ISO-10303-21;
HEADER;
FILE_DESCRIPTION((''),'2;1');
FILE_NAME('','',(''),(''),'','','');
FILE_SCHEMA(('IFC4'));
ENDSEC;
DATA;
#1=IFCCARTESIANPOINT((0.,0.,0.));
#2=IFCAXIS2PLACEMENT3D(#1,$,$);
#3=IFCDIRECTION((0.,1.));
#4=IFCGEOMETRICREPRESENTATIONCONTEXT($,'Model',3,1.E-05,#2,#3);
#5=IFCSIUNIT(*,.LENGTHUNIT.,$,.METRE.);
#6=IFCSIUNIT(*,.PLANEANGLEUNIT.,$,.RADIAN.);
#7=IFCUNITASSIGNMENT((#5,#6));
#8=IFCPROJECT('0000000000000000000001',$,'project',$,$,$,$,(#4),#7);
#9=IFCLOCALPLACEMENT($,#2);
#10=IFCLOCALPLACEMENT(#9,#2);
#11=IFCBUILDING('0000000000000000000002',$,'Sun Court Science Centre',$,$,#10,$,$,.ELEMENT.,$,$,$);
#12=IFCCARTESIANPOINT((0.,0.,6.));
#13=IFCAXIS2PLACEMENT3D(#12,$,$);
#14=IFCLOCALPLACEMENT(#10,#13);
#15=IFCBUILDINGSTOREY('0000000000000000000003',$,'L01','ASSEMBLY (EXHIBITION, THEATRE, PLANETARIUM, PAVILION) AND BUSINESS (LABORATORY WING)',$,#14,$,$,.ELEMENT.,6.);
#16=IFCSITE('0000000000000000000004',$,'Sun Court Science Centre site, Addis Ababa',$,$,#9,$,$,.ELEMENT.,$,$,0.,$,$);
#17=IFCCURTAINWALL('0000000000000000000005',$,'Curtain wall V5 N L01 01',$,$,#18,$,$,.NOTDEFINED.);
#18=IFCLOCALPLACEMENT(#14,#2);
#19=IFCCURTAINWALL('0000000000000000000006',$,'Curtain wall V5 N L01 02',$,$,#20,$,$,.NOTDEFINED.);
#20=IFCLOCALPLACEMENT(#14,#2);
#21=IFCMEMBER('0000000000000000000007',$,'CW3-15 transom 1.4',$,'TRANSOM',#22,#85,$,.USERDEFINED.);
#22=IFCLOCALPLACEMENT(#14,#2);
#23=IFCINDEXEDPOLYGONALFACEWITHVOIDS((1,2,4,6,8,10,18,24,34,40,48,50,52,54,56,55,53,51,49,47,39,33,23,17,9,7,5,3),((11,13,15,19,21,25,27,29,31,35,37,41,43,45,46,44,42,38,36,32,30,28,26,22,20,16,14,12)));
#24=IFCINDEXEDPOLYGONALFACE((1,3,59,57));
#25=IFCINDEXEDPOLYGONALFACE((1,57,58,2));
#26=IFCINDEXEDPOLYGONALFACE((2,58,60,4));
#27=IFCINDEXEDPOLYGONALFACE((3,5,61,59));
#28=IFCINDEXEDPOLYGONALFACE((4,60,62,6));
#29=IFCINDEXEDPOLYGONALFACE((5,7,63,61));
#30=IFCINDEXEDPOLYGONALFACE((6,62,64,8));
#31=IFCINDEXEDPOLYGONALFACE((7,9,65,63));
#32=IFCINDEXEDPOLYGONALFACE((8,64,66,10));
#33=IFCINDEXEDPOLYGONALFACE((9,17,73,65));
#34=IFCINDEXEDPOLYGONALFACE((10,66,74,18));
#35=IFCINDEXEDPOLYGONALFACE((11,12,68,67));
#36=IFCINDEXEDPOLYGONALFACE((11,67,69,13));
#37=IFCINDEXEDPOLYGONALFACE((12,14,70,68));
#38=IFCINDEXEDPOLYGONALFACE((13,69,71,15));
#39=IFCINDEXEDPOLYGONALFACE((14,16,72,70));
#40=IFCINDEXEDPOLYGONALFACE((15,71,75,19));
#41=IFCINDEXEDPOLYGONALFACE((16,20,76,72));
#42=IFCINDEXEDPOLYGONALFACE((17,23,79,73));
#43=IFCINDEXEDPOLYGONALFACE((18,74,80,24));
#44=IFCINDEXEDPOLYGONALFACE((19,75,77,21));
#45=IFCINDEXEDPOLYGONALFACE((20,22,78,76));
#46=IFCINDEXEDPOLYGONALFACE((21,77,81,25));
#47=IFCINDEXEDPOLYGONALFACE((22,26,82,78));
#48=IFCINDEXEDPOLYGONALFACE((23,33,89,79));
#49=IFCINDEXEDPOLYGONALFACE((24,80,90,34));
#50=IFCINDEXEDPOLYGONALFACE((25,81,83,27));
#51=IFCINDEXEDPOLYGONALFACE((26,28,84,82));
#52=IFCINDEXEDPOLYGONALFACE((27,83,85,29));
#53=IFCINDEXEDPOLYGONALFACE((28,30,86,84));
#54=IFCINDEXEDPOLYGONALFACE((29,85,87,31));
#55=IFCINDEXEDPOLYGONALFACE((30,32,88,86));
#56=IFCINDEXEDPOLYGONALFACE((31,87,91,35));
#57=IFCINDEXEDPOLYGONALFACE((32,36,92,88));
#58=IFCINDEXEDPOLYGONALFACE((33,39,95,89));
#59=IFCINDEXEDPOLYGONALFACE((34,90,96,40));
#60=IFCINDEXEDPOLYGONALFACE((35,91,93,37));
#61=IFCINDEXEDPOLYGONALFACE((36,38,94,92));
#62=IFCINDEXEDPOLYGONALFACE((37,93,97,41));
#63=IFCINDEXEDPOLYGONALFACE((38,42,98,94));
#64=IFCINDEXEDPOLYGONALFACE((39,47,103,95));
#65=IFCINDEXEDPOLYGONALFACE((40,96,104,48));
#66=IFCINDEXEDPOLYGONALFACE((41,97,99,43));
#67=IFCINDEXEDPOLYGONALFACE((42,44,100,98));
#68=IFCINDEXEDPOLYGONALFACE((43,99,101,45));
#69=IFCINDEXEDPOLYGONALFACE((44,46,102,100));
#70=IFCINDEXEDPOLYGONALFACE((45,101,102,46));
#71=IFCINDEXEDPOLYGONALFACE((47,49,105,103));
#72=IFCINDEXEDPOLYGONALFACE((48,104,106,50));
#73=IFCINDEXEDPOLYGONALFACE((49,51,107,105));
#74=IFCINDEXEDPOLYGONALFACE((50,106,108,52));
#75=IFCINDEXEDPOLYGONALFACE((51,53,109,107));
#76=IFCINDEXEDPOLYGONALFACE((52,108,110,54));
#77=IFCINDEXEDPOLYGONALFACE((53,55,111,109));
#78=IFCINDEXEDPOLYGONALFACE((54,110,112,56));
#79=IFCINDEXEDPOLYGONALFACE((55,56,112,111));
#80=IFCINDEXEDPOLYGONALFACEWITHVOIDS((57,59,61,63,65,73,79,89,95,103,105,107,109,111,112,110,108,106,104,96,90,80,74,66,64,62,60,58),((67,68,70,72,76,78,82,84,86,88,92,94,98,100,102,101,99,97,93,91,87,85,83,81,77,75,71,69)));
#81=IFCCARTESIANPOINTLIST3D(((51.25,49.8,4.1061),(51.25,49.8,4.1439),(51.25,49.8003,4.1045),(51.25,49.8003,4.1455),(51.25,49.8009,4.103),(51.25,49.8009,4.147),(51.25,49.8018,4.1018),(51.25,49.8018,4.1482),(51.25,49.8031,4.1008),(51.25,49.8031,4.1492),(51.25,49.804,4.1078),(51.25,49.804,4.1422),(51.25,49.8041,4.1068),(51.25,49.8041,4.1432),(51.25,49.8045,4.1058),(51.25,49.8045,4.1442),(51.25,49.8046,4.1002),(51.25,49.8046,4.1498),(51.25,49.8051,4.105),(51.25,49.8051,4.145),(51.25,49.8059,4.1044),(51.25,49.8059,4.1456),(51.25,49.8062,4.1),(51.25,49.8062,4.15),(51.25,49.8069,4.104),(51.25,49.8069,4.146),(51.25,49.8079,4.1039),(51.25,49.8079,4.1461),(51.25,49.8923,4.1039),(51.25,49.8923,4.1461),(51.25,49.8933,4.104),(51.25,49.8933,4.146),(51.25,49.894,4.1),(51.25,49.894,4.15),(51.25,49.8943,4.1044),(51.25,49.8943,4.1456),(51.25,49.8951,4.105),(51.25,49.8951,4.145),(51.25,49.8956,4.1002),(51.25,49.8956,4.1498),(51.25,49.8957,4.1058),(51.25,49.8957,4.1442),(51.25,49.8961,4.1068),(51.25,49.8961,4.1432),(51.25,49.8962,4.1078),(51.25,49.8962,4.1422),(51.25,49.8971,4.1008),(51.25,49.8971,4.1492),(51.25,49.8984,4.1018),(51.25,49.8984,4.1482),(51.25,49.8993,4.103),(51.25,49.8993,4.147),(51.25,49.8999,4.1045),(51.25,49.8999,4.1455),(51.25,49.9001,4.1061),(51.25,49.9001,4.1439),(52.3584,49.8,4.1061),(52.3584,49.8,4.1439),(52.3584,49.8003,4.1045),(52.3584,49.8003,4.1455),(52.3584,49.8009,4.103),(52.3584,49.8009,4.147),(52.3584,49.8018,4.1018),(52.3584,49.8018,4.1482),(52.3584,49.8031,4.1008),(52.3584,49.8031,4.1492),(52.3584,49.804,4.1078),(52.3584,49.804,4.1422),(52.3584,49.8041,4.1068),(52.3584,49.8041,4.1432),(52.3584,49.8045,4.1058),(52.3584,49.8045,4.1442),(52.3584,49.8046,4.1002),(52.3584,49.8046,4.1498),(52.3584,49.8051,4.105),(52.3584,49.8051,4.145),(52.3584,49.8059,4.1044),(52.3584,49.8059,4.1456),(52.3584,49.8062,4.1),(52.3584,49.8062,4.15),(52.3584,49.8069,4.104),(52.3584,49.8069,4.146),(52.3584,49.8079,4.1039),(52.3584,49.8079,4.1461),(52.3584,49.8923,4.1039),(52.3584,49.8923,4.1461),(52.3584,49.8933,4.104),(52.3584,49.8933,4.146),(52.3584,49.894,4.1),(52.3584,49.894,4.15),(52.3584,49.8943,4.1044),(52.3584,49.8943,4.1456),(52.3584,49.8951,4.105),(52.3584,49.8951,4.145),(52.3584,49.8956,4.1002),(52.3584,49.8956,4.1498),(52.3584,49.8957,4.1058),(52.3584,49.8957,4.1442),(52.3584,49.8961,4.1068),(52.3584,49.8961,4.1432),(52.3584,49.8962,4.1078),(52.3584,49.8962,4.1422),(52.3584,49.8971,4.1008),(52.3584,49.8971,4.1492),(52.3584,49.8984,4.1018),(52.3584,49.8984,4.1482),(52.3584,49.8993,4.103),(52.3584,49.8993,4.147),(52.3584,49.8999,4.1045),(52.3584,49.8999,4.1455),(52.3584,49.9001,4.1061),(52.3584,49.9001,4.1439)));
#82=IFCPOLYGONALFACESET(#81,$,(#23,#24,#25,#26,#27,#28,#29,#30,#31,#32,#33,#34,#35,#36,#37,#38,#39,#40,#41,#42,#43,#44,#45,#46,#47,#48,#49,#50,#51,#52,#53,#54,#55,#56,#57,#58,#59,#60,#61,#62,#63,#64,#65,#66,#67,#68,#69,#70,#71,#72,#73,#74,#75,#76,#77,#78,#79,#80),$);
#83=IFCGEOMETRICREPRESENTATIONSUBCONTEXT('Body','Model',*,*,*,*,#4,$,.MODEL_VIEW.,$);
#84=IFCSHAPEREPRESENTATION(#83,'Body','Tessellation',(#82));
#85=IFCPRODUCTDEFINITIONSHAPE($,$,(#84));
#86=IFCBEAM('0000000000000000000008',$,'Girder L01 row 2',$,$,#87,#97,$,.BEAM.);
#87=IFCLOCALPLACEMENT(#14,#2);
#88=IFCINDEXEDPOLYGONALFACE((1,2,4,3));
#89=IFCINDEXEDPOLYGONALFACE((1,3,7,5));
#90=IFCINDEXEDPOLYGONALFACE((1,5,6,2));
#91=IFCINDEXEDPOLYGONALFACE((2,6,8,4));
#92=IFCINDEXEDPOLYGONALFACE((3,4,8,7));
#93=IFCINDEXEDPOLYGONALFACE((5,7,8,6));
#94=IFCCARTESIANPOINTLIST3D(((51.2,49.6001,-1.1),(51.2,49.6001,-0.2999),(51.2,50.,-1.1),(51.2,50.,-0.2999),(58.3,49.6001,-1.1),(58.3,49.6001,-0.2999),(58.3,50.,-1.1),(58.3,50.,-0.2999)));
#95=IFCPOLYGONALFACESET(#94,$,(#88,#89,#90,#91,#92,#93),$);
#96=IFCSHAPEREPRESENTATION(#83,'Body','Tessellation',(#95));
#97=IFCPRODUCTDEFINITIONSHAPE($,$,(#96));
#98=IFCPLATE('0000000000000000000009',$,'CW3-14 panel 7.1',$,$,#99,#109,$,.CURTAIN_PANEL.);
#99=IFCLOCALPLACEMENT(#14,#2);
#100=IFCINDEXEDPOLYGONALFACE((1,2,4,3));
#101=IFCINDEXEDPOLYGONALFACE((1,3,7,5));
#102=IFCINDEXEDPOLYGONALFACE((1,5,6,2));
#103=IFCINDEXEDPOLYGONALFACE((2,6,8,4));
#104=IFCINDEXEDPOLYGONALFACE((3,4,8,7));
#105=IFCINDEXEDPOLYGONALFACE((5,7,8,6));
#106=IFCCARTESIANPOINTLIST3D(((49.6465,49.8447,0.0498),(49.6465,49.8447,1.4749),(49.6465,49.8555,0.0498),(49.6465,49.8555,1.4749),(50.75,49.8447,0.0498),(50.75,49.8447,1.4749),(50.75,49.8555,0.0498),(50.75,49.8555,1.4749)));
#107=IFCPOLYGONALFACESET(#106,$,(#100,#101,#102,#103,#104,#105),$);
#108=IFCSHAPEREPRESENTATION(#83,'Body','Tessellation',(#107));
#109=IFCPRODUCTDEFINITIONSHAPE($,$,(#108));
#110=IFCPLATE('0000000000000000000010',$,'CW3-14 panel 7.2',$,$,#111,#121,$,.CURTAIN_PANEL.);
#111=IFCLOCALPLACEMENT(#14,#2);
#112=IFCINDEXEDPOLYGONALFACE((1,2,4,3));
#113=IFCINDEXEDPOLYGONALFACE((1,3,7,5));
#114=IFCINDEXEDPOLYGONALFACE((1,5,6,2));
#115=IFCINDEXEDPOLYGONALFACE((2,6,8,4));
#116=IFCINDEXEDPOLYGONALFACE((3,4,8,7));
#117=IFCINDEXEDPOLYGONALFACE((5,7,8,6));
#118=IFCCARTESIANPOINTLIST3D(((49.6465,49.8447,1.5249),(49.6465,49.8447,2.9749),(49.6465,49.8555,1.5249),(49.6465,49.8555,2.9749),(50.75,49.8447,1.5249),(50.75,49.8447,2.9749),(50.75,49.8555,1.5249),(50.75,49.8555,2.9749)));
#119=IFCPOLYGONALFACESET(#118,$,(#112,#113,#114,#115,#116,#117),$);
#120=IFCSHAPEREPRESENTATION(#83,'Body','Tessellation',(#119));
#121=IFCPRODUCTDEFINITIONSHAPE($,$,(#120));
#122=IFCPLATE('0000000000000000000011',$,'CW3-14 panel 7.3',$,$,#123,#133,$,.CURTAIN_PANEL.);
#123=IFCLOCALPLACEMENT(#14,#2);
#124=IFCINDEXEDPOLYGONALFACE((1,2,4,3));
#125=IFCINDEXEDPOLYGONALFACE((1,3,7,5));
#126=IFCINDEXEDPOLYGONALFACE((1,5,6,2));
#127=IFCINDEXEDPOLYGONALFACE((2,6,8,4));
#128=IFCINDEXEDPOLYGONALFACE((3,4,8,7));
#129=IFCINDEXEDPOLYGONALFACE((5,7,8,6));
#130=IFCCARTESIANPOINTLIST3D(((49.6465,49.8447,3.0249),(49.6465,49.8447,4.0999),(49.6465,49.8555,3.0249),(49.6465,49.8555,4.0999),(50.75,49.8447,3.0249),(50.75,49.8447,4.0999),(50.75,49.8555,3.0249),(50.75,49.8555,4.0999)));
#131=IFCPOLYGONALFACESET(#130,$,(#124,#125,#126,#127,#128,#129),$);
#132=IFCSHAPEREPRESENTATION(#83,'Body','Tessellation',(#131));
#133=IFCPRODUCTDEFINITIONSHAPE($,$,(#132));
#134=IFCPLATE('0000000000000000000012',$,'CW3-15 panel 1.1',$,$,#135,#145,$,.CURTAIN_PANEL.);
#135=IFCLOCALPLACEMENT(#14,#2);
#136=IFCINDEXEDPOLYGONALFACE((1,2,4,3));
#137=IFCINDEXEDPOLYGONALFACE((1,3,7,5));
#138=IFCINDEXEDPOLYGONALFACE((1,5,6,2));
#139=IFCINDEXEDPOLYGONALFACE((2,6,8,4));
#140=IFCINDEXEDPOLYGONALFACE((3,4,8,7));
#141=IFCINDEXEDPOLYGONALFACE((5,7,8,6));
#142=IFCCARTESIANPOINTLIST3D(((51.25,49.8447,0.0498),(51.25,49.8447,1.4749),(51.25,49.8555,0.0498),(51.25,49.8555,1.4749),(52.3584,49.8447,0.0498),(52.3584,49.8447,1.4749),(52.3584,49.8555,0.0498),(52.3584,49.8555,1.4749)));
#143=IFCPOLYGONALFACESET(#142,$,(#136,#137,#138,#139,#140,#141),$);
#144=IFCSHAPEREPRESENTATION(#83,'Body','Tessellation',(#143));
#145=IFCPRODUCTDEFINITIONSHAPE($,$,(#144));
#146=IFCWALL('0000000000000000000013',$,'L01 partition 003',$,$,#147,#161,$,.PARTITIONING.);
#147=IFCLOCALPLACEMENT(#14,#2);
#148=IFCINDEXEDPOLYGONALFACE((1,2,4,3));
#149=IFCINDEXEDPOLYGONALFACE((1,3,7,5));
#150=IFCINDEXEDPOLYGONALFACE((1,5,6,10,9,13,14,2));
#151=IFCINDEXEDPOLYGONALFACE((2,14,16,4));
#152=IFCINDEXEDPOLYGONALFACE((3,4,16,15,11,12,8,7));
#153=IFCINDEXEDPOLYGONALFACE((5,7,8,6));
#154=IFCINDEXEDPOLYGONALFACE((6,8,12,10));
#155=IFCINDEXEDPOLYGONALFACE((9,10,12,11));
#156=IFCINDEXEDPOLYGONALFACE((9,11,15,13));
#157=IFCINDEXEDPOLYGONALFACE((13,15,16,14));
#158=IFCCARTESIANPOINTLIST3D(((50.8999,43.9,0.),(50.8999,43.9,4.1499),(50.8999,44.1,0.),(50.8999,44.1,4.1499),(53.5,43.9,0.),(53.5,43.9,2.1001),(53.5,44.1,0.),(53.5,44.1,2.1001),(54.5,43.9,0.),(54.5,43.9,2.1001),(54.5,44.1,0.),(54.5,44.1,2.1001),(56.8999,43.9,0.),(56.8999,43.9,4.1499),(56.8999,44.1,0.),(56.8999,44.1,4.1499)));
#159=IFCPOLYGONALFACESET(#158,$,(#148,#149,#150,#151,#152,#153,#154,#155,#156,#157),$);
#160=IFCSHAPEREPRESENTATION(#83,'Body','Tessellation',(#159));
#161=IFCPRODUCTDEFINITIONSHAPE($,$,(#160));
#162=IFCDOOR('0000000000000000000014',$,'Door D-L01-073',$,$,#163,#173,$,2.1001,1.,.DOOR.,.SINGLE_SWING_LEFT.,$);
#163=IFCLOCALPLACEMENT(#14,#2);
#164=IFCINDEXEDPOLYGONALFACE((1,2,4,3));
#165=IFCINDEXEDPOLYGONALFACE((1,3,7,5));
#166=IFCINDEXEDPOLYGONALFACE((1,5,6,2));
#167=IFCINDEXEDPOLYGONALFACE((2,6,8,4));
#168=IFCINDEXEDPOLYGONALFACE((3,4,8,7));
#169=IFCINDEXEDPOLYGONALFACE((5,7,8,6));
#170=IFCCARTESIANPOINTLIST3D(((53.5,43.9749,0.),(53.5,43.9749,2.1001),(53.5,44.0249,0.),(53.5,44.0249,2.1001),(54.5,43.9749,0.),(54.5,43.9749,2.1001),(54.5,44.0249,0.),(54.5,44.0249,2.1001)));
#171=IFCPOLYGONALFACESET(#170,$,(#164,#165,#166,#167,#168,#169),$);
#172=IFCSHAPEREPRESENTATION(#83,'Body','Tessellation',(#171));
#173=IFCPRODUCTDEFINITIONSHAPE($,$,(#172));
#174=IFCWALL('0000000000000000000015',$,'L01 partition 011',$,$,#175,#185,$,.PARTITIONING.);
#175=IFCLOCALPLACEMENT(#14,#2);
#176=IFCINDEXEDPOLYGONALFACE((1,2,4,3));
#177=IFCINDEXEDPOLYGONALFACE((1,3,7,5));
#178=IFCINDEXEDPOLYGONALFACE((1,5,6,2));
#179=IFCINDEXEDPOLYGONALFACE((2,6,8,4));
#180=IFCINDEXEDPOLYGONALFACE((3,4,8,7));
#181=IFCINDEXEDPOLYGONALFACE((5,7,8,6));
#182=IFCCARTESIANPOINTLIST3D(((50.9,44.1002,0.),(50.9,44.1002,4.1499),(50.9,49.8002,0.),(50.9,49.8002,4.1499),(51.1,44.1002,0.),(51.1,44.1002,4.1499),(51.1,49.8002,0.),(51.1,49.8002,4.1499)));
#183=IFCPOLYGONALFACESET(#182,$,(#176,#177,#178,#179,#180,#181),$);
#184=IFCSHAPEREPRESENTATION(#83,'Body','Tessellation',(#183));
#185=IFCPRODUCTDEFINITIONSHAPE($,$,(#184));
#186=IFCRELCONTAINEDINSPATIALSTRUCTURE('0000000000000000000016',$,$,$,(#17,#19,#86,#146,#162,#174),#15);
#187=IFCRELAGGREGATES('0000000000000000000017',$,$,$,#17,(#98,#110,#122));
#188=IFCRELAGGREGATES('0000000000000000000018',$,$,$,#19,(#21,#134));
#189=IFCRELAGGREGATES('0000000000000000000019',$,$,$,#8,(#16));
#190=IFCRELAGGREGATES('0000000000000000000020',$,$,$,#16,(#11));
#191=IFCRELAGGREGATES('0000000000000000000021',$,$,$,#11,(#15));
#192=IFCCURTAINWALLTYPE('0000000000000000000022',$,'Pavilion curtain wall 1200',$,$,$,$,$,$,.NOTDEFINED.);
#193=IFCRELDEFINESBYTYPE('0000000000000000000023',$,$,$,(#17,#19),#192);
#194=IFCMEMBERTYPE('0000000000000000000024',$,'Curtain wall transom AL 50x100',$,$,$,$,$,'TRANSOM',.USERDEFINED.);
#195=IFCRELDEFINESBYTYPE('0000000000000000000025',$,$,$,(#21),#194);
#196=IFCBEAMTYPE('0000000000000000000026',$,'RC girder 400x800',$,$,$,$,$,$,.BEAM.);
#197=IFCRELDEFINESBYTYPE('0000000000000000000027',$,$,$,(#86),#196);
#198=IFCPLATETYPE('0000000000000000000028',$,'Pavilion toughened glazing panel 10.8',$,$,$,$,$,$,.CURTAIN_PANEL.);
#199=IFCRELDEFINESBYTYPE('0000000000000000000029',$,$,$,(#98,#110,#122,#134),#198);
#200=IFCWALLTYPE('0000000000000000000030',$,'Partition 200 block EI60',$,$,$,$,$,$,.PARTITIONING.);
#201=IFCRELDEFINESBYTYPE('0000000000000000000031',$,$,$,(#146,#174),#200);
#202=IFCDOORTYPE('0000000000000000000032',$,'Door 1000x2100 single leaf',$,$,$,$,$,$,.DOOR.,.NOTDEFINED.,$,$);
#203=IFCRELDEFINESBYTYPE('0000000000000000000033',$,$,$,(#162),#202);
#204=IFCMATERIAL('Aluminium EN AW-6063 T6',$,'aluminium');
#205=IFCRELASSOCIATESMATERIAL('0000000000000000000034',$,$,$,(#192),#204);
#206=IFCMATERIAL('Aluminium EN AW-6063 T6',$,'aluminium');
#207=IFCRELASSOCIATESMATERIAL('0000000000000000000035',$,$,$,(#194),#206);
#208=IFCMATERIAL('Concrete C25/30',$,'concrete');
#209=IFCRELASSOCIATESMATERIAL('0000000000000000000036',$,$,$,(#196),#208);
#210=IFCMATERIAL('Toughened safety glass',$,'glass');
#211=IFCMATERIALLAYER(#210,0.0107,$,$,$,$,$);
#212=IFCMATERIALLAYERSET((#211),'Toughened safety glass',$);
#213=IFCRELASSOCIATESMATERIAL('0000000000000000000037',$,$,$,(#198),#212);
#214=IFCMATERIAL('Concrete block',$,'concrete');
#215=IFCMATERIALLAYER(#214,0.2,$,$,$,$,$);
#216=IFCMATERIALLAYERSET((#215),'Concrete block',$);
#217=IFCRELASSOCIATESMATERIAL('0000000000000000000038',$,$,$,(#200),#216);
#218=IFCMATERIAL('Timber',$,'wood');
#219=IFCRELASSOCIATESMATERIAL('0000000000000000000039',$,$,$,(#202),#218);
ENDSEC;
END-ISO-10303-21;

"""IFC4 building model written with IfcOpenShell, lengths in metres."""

from ifc_helpers import new_model, si_unit, direction, frame, frame_2d, origin, origin_2d, place, context, subcontext, project, spatial, rectangle, hollow_rectangle, extrude, material, layer, layer_set, material_profile, profile_set, type_object, element, fill, aggregate, save


model = new_model("IFC4")

# Units and contexts
model_context = context("Model", 3, precision=1e-05, world=origin(), true_north=direction((0.0, 1.0)))
body_context = subcontext(model_context, "Body", "Model", "MODEL_VIEW")
ifc_project = project(units=[si_unit("LENGTHUNIT", "METRE"), si_unit("PLANEANGLEUNIT", "RADIAN")], contexts=[model_context])

# Site, building, storey
site_placement = place(None, origin())
site = spatial("IfcSite", under=ifc_project, at=site_placement, Name="Sun Court Science Centre site, Addis Ababa", CompositionType="ELEMENT", RefElevation=0.0)
building_placement = place(site_placement, origin())
building = spatial("IfcBuilding", under=site, at=building_placement, Name="Sun Court Science Centre", CompositionType="ELEMENT")
storey_placement = place(building_placement, frame((0.0, 0.0, 6.0)))
storey = spatial("IfcBuildingStorey", under=building, at=storey_placement, Name="L01", Description="ASSEMBLY (EXHIBITION, THEATRE, PLANETARIUM, PAVILION) AND BUSINESS (LABORATORY WING)", CompositionType="ELEMENT", Elevation=6.0)

# Curtain wall
ifc_material_1 = material(Name="Aluminium EN AW-6063 T6", Category="aluminium")
curtain_wall_type = type_object("IfcCurtainWallType", Name="Pavilion curtain wall 1200", PredefinedType="NOTDEFINED", material=ifc_material_1)
curtain_wall_1_placement = place(storey_placement, origin())
curtain_wall_1 = element("IfcCurtainWall", 1, at=curtain_wall_1_placement, inside=storey, type_object=curtain_wall_type, Name="Curtain wall V5 N L01 01", PredefinedType="NOTDEFINED")

# Curtain wall
curtain_wall_2_placement = place(storey_placement, origin())
curtain_wall_2 = element("IfcCurtainWall", 2, at=curtain_wall_2_placement, inside=storey, type_object=curtain_wall_type, Name="Curtain wall V5 N L01 02", PredefinedType="NOTDEFINED")

# Member
ifc_material_2 = material(Name="Aluminium EN AW-6063 T6", Category="aluminium")
ifc_material_profile_1 = material_profile(ifc_material_2, hollow_rectangle(XDim=0.05, YDim=0.1001, WallThickness=0.0039, InnerFilletRadius=0.0039, OuterFilletRadius=0.0061, at=origin_2d()), Name="AL 50x100x4")
ifc_profile_set_1 = profile_set([ifc_material_profile_1], Name="Aluminium EN AW-6063 T6")
member_type_1 = type_object("IfcMemberType", Name="Curtain wall transom AL 50x100", ElementType="TRANSOM", PredefinedType="USERDEFINED", material=ifc_profile_set_1)
member_1_placement = place(storey_placement, frame((51.25, 49.8501, 4.125), z_axis=(1.0, 0.0, 0.0), x_axis=(0.0, 0.0, 1.0)))
member_1 = element("IfcMember", 3, at=member_1_placement, type_object=member_type_1, Name="CW3-15 transom 1.4", ObjectType="TRANSOM", PredefinedType="USERDEFINED", context=body_context, shape_type="SweptSolid", body=[
    extrude(hollow_rectangle(XDim=0.05, YDim=0.1001, WallThickness=0.0039, InnerFilletRadius=0.0039, OuterFilletRadius=0.0061, at=origin_2d()), origin(), (0.0, 0.0, 1.0), 1.1084),
])

# Beam
ifc_material_3 = material(Name="Concrete C25/30", Category="concrete")
ifc_material_profile_2 = material_profile(ifc_material_3, rectangle(XDim=0.3999, YDim=0.8, at=origin_2d()), Name="RC 400x800")
ifc_profile_set_2 = profile_set([ifc_material_profile_2], Name="Concrete C25/30")
beam_type = type_object("IfcBeamType", Name="RC girder 400x800", PredefinedType="BEAM", material=ifc_profile_set_2)
beam_placement = place(storey_placement, frame((51.2, 49.8, -0.7), z_axis=(1.0, 0.0, 0.0), x_axis=(0.0, 1.0, 0.0)))
element("IfcBeam", 4, at=beam_placement, inside=storey, type_object=beam_type, Name="Girder L01 row 2", PredefinedType="BEAM", context=body_context, shape_type="SweptSolid", body=[
    extrude(rectangle(XDim=0.3999, YDim=0.8, at=origin_2d()), origin(), (0.0, 0.0, 1.0), 7.1001),
])

# Plates
ifc_material_4 = material(Name="Toughened safety glass", Category="glass")
ifc_layer_1 = layer(ifc_material_4, 0.0107)
ifc_layer_set_1 = layer_set([ifc_layer_1], Name="Toughened safety glass")
plate_type = type_object("IfcPlateType", Name="Pavilion toughened glazing panel 10.8", PredefinedType="CURTAIN_PANEL", material=ifc_layer_set_1)
plate_1_placement = place(storey_placement, frame((50.1982, 49.8501, 0.0498), z_axis=(0.0, 0.0, 1.0), x_axis=(1.0, 0.0, 0.0)))
plate_1 = element("IfcPlate", 5, at=plate_1_placement, type_object=plate_type, Name="CW3-14 panel 7.1", PredefinedType="CURTAIN_PANEL", context=body_context, shape_type="SweptSolid", body=[
    extrude(rectangle(XDim=1.1035, YDim=0.0107, at=origin_2d()), origin(), (0.0, 0.0, 1.0), 1.425),
])
plate_2_placement = place(storey_placement, frame((50.1982, 49.8501, 1.5249), z_axis=(0.0, 0.0, 1.0), x_axis=(1.0, 0.0, 0.0)))
plate_2 = element("IfcPlate", 6, at=plate_2_placement, type_object=plate_type, Name="CW3-14 panel 7.2", PredefinedType="CURTAIN_PANEL", context=body_context, shape_type="SweptSolid", body=[
    extrude(rectangle(XDim=1.1035, YDim=0.0107, at=origin_2d()), origin(), (0.0, 0.0, 1.0), 1.45),
])
plate_3_placement = place(storey_placement, frame((50.1982, 49.8501, 3.0249), z_axis=(0.0, 0.0, 1.0), x_axis=(1.0, 0.0, 0.0)))
plate_3 = element("IfcPlate", 7, at=plate_3_placement, type_object=plate_type, Name="CW3-14 panel 7.3", PredefinedType="CURTAIN_PANEL", context=body_context, shape_type="SweptSolid", body=[
    extrude(rectangle(XDim=1.1035, YDim=0.0107, at=origin_2d()), origin(), (0.0, 0.0, 1.0), 1.075),
])
aggregate(curtain_wall_1, [plate_1, plate_2, plate_3])
plate_4_placement = place(storey_placement, frame((51.8042, 49.8501, 0.0498), z_axis=(0.0, 0.0, 1.0), x_axis=(1.0, 0.0, 0.0)))
plate_4 = element("IfcPlate", 8, at=plate_4_placement, type_object=plate_type, Name="CW3-15 panel 1.1", PredefinedType="CURTAIN_PANEL", context=body_context, shape_type="SweptSolid", body=[
    extrude(rectangle(XDim=1.1084, YDim=0.0107, at=origin_2d()), origin(), (0.0, 0.0, 1.0), 1.425),
])
aggregate(curtain_wall_2, [member_1, plate_4])

# Wall, opening, door
ifc_material_5 = material(Name="Concrete block", Category="concrete")
ifc_layer_2 = layer(ifc_material_5, 0.2)
ifc_layer_set_2 = layer_set([ifc_layer_2], Name="Concrete block")
wall_type = type_object("IfcWallType", Name="Partition 200 block EI60", PredefinedType="PARTITIONING", material=ifc_layer_set_2)
wall_1_placement = place(storey_placement, frame((50.8999, 44.0, 0.0), z_axis=(0.0, 0.0, 1.0), x_axis=(1.0, 0.0, 0.0)))
wall_1 = element("IfcWall", 9, at=wall_1_placement, inside=storey, type_object=wall_type, Name="L01 partition 003", PredefinedType="PARTITIONING", context=body_context, shape_type="SweptSolid", body=[
    extrude(rectangle(XDim=6.0, YDim=0.2, at=frame_2d((3.0, 0.0))), origin(), (0.0, 0.0, 1.0), 4.1499),
])
opening_placement = place(wall_1_placement, frame((2.6001, 0.0, 0.0)))
opening = element("IfcOpeningElement", 10, at=opening_placement, cuts=wall_1, PredefinedType="OPENING", context=body_context, shape_type="SweptSolid", body=[
    extrude(rectangle(XDim=1.0, YDim=2.1001, at=frame_2d((0.5, 1.05))), frame((0.0, 0.1099, 0.0), z_axis=(0.0, -1.0, 0.0), x_axis=(1.0, 0.0, 0.0)), (0.0, 0.0, 1.0), 0.22),
])
ifc_material_6 = material(Name="Timber", Category="wood")
door_type = type_object("IfcDoorType", Name="Door 1000x2100 single leaf", OperationType="NOTDEFINED", PredefinedType="DOOR", material=ifc_material_6)
door_placement = place(opening_placement, origin())
door = element("IfcDoor", 11, at=door_placement, inside=storey, type_object=door_type, Name="Door D-L01-073", OperationType="SINGLE_SWING_LEFT", OverallHeight=2.1001, OverallWidth=1.0, PredefinedType="DOOR", context=body_context, shape_type="SweptSolid", body=[
    extrude(rectangle(XDim=1.0, YDim=2.1001, at=frame_2d((0.5, 1.05))), frame((0.0, 0.0249, 0.0), z_axis=(0.0, -1.0, 0.0), x_axis=(1.0, 0.0, 0.0)), (0.0, 0.0, 1.0), 0.05),
])
fill(opening, door)

# Wall
wall_2_placement = place(storey_placement, frame((51.0, 44.1001, 0.0), z_axis=(0.0, 0.0, 1.0), x_axis=(0.0, 1.0, 0.0)))
element("IfcWall", 12, at=wall_2_placement, inside=storey, type_object=wall_type, Name="L01 partition 011", PredefinedType="PARTITIONING", context=body_context, shape_type="SweptSolid", body=[
    extrude(rectangle(XDim=5.7, YDim=0.2, at=frame_2d((2.8501, 0.0))), origin(), (0.0, 0.0, 1.0), 4.1499),
])

save(model, "model.ifc")
